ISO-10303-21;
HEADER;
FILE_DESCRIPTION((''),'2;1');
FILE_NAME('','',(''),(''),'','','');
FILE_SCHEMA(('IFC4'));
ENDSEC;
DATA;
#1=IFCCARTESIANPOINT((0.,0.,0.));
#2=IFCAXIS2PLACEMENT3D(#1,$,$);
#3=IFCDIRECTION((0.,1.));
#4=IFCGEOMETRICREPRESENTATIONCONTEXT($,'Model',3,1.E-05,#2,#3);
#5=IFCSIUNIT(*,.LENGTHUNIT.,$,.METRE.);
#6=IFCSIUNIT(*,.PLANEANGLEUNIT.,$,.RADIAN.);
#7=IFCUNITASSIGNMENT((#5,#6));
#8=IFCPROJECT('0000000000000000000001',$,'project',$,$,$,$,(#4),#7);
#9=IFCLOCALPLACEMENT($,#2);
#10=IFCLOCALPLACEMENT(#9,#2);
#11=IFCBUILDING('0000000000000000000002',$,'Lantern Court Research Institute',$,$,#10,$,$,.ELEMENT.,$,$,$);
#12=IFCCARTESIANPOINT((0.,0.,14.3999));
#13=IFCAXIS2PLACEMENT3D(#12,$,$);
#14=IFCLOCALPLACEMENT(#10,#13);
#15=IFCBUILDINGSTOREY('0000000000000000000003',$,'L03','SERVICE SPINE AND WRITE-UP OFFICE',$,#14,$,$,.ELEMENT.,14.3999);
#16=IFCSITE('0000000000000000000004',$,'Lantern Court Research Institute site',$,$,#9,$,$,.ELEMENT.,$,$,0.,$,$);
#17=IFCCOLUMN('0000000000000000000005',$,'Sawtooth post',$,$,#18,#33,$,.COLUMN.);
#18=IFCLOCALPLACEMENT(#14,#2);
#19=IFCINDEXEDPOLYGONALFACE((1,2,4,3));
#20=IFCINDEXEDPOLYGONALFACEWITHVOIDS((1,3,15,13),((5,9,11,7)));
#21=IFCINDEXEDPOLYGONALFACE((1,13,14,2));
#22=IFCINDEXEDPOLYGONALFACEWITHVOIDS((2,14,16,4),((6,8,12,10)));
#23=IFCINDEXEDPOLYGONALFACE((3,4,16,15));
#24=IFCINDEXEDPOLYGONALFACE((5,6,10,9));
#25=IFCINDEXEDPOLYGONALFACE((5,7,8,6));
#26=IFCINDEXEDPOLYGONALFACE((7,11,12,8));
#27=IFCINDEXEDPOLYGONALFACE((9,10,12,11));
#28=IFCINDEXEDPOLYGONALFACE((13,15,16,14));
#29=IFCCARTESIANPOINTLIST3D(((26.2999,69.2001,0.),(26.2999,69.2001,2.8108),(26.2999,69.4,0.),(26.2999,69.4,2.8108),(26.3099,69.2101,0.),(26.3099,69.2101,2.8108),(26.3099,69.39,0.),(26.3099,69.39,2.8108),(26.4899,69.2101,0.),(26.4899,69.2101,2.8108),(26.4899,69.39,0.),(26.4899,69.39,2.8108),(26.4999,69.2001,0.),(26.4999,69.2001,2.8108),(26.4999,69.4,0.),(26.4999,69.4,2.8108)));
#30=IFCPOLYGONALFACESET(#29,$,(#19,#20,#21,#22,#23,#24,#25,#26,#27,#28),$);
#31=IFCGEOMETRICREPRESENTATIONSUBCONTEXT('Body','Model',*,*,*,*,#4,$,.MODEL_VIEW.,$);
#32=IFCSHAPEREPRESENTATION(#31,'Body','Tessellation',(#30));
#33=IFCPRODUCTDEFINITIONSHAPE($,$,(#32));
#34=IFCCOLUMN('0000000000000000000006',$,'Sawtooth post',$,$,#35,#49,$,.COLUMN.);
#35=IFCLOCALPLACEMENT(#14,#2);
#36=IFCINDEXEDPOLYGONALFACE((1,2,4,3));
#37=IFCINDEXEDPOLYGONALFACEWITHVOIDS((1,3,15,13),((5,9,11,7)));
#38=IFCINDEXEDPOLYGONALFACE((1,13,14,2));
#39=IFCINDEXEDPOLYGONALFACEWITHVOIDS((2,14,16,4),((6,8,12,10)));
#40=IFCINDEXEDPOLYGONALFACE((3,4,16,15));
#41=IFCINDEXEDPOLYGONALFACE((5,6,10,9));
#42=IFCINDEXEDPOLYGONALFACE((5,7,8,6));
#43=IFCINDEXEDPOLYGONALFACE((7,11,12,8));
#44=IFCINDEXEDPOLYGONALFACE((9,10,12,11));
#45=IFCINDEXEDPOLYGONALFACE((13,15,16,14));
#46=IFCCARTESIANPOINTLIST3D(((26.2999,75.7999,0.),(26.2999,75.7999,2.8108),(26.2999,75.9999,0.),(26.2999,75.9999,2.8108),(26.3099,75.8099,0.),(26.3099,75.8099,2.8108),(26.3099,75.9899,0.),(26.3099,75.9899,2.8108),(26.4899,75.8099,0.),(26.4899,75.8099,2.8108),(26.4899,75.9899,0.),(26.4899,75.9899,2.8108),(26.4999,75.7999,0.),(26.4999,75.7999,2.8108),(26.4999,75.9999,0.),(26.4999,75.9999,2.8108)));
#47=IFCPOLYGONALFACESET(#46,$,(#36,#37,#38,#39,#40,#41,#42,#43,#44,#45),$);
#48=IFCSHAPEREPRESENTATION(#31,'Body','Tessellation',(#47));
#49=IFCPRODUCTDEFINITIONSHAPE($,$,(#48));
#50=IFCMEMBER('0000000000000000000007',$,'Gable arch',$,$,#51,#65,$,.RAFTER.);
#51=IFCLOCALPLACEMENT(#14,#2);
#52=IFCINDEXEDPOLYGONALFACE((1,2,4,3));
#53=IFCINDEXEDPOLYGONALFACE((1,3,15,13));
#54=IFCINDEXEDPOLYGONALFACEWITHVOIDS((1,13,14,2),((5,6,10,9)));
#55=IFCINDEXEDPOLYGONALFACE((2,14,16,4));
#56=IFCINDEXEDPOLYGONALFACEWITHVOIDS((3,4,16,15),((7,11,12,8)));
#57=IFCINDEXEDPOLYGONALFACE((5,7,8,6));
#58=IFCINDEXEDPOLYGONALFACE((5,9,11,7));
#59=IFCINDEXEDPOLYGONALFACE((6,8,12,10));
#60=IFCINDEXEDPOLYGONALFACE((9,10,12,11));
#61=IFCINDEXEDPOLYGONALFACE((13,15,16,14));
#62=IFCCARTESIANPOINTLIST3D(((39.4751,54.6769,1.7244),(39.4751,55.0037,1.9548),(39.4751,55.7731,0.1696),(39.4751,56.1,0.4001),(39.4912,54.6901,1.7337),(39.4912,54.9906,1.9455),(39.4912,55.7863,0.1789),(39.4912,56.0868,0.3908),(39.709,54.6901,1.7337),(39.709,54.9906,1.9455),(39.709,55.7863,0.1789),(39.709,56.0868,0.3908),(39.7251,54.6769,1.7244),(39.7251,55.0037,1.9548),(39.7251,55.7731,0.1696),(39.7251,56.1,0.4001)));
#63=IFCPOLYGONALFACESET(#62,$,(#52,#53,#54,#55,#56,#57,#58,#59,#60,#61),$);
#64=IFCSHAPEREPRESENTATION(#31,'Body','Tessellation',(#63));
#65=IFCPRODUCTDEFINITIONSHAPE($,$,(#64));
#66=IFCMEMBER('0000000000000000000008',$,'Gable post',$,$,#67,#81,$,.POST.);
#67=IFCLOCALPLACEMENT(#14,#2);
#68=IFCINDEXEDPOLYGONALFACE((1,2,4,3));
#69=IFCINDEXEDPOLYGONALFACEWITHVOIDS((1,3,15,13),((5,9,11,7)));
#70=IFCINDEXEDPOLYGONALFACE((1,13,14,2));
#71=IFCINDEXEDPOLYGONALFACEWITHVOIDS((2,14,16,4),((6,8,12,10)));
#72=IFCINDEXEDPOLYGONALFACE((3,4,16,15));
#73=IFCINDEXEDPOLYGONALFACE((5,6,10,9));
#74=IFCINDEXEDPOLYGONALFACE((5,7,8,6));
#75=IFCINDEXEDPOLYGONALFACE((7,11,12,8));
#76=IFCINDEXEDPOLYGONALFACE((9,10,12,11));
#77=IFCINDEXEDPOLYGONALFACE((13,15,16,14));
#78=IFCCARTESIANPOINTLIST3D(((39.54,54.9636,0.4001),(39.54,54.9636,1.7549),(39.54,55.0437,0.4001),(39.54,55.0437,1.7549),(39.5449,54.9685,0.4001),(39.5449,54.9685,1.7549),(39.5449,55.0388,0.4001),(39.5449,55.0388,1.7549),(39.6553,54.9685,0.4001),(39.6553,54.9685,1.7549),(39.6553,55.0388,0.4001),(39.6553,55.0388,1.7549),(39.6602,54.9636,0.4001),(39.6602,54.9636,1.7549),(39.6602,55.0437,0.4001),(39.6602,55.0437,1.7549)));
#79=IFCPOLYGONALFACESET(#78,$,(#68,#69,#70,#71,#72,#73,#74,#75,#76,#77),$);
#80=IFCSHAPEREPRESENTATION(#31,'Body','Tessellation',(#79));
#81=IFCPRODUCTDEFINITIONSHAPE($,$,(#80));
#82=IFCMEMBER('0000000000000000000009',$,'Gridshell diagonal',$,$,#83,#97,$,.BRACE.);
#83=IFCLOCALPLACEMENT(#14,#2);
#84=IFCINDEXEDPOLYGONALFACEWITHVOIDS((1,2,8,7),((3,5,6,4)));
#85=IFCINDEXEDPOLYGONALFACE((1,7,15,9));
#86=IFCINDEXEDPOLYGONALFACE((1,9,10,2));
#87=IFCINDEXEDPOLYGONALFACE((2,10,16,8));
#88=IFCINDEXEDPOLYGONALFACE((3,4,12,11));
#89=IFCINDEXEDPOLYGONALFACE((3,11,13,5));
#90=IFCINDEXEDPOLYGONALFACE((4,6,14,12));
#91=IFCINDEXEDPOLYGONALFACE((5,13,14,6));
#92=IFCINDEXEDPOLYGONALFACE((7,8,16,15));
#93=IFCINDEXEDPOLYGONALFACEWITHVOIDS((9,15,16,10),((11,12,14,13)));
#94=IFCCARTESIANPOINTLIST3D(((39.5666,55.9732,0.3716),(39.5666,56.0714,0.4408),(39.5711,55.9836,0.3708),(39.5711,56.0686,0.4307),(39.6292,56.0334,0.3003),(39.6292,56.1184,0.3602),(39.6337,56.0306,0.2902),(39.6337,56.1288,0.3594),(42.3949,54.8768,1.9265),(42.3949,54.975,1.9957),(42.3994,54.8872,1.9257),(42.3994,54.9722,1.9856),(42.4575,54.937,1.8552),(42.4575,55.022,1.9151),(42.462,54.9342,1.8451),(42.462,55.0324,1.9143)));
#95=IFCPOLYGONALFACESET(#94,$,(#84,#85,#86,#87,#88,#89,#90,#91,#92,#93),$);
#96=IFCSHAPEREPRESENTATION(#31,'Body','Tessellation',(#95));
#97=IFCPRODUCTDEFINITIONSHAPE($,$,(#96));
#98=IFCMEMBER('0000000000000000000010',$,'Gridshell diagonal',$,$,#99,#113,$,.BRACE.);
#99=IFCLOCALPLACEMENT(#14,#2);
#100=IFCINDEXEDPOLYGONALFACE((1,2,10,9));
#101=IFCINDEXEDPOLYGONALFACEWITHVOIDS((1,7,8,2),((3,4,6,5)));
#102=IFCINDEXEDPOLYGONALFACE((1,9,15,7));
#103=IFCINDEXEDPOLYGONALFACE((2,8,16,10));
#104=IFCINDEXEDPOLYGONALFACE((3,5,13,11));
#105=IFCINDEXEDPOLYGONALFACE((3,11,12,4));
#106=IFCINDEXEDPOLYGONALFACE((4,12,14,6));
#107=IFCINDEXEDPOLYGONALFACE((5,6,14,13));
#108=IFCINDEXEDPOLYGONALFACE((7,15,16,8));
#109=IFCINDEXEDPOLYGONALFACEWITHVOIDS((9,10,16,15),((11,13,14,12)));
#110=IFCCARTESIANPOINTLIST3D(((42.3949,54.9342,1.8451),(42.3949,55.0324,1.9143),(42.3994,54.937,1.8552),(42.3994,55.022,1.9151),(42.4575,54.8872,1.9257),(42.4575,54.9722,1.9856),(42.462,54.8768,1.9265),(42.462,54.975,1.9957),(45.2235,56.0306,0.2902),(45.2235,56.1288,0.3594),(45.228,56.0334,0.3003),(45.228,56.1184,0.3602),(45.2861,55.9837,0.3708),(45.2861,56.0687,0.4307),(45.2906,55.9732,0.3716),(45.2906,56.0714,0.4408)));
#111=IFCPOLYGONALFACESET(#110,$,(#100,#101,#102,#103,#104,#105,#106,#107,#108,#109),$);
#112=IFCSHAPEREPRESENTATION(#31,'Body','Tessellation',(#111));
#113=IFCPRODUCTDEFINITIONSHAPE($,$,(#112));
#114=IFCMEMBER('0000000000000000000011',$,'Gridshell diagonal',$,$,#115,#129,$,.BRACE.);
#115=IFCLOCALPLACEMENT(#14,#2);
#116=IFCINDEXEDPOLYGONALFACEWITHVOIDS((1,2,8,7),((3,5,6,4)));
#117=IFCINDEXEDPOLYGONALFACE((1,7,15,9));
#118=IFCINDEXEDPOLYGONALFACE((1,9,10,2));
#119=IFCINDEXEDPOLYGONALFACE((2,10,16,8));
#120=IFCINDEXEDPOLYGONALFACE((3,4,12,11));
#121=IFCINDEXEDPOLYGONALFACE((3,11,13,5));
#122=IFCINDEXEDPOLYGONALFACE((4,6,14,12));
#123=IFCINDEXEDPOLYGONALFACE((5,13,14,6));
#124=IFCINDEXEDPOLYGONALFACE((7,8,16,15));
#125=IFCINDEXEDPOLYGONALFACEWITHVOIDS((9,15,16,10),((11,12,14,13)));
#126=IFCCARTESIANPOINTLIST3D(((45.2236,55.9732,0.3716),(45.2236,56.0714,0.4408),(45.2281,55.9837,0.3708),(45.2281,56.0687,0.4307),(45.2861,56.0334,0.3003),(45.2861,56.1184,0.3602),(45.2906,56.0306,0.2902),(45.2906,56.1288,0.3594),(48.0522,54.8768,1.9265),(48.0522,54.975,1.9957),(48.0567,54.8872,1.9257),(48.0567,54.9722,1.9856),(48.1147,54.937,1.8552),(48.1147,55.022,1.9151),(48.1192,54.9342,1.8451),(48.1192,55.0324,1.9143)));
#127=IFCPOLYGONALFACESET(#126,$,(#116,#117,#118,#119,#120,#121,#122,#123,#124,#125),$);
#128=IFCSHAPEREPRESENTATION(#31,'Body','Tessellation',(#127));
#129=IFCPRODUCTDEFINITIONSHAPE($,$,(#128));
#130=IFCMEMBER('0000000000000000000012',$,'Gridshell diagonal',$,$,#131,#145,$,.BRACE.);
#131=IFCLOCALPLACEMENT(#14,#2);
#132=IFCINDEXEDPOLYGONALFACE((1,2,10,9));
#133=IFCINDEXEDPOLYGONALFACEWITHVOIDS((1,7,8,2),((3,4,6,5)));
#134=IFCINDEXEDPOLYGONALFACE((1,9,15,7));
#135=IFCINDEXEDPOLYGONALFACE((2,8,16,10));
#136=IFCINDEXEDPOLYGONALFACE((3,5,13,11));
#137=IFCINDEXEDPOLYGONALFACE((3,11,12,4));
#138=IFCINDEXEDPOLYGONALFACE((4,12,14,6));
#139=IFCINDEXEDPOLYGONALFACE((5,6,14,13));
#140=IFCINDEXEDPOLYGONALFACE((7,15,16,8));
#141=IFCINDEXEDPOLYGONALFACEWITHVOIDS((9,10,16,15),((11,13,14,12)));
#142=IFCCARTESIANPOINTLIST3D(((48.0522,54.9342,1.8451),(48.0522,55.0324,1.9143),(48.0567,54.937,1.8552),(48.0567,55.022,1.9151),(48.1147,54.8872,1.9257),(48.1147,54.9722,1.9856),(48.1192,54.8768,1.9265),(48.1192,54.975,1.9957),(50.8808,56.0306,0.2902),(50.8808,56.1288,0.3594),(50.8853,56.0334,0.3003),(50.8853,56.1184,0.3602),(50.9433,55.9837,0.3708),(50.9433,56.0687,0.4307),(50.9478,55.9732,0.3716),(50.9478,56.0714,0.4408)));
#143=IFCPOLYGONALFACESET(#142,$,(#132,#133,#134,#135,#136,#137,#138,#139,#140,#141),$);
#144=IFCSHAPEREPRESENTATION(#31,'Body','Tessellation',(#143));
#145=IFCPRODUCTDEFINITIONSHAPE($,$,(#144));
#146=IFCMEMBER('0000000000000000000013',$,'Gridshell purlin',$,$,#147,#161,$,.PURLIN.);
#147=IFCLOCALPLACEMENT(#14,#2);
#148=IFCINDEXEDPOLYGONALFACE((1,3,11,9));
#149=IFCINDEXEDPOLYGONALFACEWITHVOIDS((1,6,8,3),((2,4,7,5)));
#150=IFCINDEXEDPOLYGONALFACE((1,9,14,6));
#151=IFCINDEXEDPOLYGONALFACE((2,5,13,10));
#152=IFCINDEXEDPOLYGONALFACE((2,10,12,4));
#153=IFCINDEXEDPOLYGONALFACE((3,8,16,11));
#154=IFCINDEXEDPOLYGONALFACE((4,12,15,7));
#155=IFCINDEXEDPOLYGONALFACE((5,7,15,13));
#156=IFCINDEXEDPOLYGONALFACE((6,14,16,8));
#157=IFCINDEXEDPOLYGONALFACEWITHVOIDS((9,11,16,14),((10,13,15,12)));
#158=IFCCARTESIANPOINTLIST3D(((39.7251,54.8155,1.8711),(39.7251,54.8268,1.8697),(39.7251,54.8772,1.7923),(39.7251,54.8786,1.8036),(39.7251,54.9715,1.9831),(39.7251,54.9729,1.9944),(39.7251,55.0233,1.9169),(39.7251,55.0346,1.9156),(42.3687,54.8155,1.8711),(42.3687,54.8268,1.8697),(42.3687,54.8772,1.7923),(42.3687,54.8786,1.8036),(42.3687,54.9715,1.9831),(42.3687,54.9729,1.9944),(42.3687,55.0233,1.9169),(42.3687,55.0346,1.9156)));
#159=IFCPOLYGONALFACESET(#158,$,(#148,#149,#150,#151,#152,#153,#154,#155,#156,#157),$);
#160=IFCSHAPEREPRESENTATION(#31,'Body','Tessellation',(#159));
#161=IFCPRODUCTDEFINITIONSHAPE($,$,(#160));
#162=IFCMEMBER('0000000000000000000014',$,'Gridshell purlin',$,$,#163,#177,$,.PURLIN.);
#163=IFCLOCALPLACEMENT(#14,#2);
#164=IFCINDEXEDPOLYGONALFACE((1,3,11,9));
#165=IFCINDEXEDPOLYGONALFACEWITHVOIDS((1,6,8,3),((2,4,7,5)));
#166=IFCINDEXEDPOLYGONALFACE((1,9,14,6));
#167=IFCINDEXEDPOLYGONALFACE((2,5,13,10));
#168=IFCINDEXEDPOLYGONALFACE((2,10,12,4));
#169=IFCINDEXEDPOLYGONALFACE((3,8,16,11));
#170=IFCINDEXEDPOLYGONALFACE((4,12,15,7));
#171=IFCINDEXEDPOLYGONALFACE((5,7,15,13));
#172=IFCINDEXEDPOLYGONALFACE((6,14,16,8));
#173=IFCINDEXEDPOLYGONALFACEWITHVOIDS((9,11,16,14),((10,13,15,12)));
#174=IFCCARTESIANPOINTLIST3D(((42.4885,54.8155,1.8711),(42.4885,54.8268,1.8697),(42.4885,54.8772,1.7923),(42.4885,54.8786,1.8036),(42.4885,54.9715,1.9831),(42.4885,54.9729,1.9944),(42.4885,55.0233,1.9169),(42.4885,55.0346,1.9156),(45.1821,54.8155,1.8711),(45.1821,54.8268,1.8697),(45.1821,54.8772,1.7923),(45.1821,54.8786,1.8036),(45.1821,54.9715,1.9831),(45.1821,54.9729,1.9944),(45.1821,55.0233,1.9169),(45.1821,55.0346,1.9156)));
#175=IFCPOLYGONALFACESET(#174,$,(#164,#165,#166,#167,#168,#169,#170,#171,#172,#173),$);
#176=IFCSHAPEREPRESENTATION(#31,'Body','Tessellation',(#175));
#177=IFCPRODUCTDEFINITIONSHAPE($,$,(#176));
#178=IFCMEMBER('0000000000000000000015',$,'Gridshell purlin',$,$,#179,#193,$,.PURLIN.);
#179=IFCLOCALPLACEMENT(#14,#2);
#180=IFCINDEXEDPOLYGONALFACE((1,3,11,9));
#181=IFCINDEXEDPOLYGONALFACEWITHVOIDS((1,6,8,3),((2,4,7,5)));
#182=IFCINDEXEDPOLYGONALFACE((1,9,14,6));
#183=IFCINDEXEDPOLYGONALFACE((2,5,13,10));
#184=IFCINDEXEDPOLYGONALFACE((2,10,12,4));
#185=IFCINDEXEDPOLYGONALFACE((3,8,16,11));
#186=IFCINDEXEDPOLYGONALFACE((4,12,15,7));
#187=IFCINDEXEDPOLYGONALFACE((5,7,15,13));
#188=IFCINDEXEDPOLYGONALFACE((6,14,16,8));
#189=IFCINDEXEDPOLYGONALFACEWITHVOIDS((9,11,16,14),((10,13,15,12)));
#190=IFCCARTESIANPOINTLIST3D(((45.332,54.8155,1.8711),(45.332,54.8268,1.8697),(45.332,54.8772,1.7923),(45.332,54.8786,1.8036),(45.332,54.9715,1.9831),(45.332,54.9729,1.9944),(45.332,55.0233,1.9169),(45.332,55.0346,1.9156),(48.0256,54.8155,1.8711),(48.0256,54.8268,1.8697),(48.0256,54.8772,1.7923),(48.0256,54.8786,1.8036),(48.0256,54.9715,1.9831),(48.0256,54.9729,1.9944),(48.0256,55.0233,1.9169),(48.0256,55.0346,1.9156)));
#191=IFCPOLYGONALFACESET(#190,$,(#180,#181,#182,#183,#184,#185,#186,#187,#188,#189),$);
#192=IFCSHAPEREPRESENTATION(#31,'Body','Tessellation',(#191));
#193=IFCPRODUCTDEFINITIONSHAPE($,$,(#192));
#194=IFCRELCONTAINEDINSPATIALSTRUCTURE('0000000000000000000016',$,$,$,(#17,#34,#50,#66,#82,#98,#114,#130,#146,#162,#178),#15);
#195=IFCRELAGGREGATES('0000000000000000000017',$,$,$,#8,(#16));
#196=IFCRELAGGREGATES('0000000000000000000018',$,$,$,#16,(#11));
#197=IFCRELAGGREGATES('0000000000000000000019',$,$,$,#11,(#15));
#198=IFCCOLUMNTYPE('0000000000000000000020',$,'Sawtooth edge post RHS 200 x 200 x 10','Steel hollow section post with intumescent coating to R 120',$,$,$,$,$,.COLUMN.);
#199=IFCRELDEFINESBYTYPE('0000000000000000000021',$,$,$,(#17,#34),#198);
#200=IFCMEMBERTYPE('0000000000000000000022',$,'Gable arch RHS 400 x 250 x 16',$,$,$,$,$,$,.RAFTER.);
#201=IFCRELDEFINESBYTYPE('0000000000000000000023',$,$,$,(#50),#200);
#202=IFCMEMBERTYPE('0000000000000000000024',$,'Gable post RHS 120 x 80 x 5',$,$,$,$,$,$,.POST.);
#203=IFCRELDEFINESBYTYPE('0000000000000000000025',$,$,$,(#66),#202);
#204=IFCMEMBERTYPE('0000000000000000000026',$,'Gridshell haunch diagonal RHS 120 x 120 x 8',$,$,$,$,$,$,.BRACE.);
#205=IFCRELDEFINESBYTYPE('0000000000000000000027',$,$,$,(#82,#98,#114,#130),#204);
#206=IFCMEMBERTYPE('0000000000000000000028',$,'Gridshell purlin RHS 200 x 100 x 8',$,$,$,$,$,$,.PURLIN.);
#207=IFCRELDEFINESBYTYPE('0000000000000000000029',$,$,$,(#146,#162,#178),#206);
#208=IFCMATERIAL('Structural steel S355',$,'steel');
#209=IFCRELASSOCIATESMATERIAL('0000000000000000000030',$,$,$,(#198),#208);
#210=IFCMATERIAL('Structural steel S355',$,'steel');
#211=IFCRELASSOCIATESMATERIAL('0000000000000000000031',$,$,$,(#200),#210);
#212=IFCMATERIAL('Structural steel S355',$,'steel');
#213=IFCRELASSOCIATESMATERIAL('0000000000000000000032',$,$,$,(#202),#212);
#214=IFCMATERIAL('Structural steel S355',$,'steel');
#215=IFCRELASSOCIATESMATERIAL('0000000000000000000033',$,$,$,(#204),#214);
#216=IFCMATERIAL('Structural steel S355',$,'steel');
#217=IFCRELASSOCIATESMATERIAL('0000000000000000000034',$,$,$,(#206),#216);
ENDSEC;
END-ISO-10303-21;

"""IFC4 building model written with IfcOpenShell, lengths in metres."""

from ifc_helpers import new_model, si_unit, direction, frame, origin, origin_2d, place, context, subcontext, project, spatial, hollow_rectangle, extrude, material, material_profile, profile_set, type_object, element, save


model = new_model("IFC4")

# Units and contexts
model_context = context("Model", 3, precision=1e-05, world=origin(), true_north=direction((0.0, 1.0)))
body_context = subcontext(model_context, "Body", "Model", "MODEL_VIEW")
ifc_project = project(units=[si_unit("LENGTHUNIT", "METRE"), si_unit("PLANEANGLEUNIT", "RADIAN")], contexts=[model_context])

# Site, building, storey
site_placement = place(None, origin())
site = spatial("IfcSite", under=ifc_project, at=site_placement, Name="Lantern Court Research Institute site", CompositionType="ELEMENT", RefElevation=0.0)
building_placement = place(site_placement, origin())
building = spatial("IfcBuilding", under=site, at=building_placement, Name="Lantern Court Research Institute", CompositionType="ELEMENT")
storey_placement = place(building_placement, frame((0.0, 0.0, 14.3999)))
storey = spatial("IfcBuildingStorey", under=building, at=storey_placement, Name="L03", Description="SERVICE SPINE AND WRITE-UP OFFICE", CompositionType="ELEMENT", Elevation=14.3999)

# Columns
ifc_material_1 = material(Name="Structural steel S355", Category="steel")
ifc_material_profile_1 = material_profile(ifc_material_1, hollow_rectangle(XDim=0.2, YDim=0.2, WallThickness=0.01, at=origin_2d()), Name="Sawtooth edge post RHS 200 x 200 x 10")
ifc_profile_set_1 = profile_set([ifc_material_profile_1], Name="Structural steel S355")
column_type = type_object("IfcColumnType", Name="Sawtooth edge post RHS 200 x 200 x 10", Description="Steel hollow section post with intumescent coating to R 120", PredefinedType="COLUMN", material=ifc_profile_set_1)
for number, where, z_axis, x_axis, name in (
    (1, (26.3999, 69.3, 0.0), (0.0, 0.0, 1.0), (1.0, 0.0, 0.0), "Sawtooth post"),
    (2, (26.3999, 75.8999, 0.0), (0.0, 0.0, 1.0), (1.0, 0.0, 0.0), "Sawtooth post"),
):
    element("IfcColumn", number, at=place(storey_placement, frame(where, z_axis=z_axis, x_axis=x_axis)), inside=storey, type_object=column_type, Name=name, PredefinedType="COLUMN", context=body_context, shape_type="SweptSolid", body=[
        extrude(hollow_rectangle(XDim=0.2, YDim=0.2, WallThickness=0.01, at=origin_2d()), origin(), (0.0, 0.0, 1.0), 2.8108),
    ])

# Members
ifc_material_2 = material(Name="Structural steel S355", Category="steel")
ifc_material_profile_2 = material_profile(ifc_material_2, hollow_rectangle(XDim=0.25, YDim=0.3999, WallThickness=0.0161, at=origin_2d()), Name="Gable arch RHS 400 x 250 x 16")
ifc_profile_set_2 = profile_set([ifc_material_profile_2], Name="Structural steel S355")
member_type_1 = type_object("IfcMemberType", Name="Gable arch RHS 400 x 250 x 16", PredefinedType="RAFTER", material=ifc_profile_set_2)
member_1_placement = place(storey_placement, frame((39.6001, 54.8403, 1.8396), z_axis=(0.0, 0.57625, -0.817274), x_axis=(-1.0, 0.0, 0.0)))
element("IfcMember", 3, at=member_1_placement, inside=storey, type_object=member_type_1, Name="Gable arch", PredefinedType="RAFTER", context=body_context, shape_type="SweptSolid", body=[
    extrude(hollow_rectangle(XDim=0.25, YDim=0.3999, WallThickness=0.0161, at=origin_2d()), origin(), (0.0, 0.0, 1.0), 1.9023),
])
ifc_material_3 = material(Name="Structural steel S355", Category="steel")
ifc_material_profile_3 = material_profile(ifc_material_3, hollow_rectangle(XDim=0.1201, YDim=0.0801, WallThickness=0.0049, at=origin_2d()), Name="Gable post RHS 120 x 80 x 5")
ifc_profile_set_3 = profile_set([ifc_material_profile_3], Name="Structural steel S355")
member_type_2 = type_object("IfcMemberType", Name="Gable post RHS 120 x 80 x 5", PredefinedType="POST", material=ifc_profile_set_3)
member_2_placement = place(storey_placement, frame((39.6001, 55.0037, 0.4001), z_axis=(0.0, 0.0, 1.0), x_axis=(1.0, 0.0, 0.0)))
element("IfcMember", 4, at=member_2_placement, inside=storey, type_object=member_type_2, Name="Gable post", PredefinedType="POST", context=body_context, shape_type="SweptSolid", body=[
    extrude(hollow_rectangle(XDim=0.1201, YDim=0.0801, WallThickness=0.0049, at=origin_2d()), origin(), (0.0, 0.0, 1.0), 1.3547),
])
ifc_material_4 = material(Name="Structural steel S355", Category="steel")
ifc_material_profile_4 = material_profile(ifc_material_4, hollow_rectangle(XDim=0.1201, YDim=0.1201, WallThickness=0.0081, at=origin_2d()), Name="Gridshell haunch diagonal RHS 120 x 120 x 8")
ifc_profile_set_4 = profile_set([ifc_material_profile_4], Name="Structural steel S355")
member_type_3 = type_object("IfcMemberType", Name="Gridshell haunch diagonal RHS 120 x 120 x 8", PredefinedType="BRACE", material=ifc_profile_set_4)
member_3_placement = place(storey_placement, frame((42.4285, 54.9546, 1.9204), z_axis=(-0.829735, 0.321652, -0.456157), x_axis=(-0.558157, -0.478114, 0.678135)))
element("IfcMember", 5, at=member_3_placement, inside=storey, type_object=member_type_3, Name="Gridshell diagonal", PredefinedType="BRACE", context=body_context, shape_type="SweptSolid", body=[
    extrude(hollow_rectangle(XDim=0.1201, YDim=0.1201, WallThickness=0.0081, at=origin_2d()), origin(), (0.0, 0.0, 1.0), 3.4087),
])
for number, where, z_axis, x_axis, name in (
    (6, (42.4285, 54.9546, 1.9204), (0.829757, 0.321633, -0.45613), (-0.558124, 0.478138, -0.678146), "Gridshell diagonal"),
    (7, (48.0857, 54.9546, 1.9204), (-0.829757, 0.321633, -0.45613), (-0.558124, -0.478138, 0.678146), "Gridshell diagonal"),
    (8, (48.0857, 54.9546, 1.9204), (0.829757, 0.321633, -0.45613), (-0.558124, 0.478138, -0.678146), "Gridshell diagonal"),
):
    element("IfcMember", number, at=place(storey_placement, frame(where, z_axis=z_axis, x_axis=x_axis)), inside=storey, type_object=member_type_3, Name=name, PredefinedType="BRACE", context=body_context, shape_type="SweptSolid", body=[
        extrude(hollow_rectangle(XDim=0.1201, YDim=0.1201, WallThickness=0.0081, at=origin_2d()), origin(), (0.0, 0.0, 1.0), 3.4089),
    ])
ifc_material_5 = material(Name="Structural steel S355", Category="steel")
ifc_material_profile_5 = material_profile(ifc_material_5, hollow_rectangle(XDim=0.1001, YDim=0.2, WallThickness=0.0081, at=origin_2d()), Name="Gridshell purlin RHS 200 x 100 x 8")
ifc_profile_set_5 = profile_set([ifc_material_profile_5], Name="Structural steel S355")
member_type_4 = type_object("IfcMemberType", Name="Gridshell purlin RHS 200 x 100 x 8", PredefinedType="PURLIN", material=ifc_profile_set_5)
member_4_placement = place(storey_placement, frame((39.7251, 54.925, 1.8933), z_axis=(1.0, 0.0, 0.0), x_axis=(0.0, 0.616657, -0.787232)))
element("IfcMember", 9, at=member_4_placement, inside=storey, type_object=member_type_4, Name="Gridshell purlin", PredefinedType="PURLIN", context=body_context, shape_type="SweptSolid", body=[
    extrude(hollow_rectangle(XDim=0.1001, YDim=0.2, WallThickness=0.0081, at=origin_2d()), origin(), (0.0, 0.0, 1.0), 2.6436),
])
for number, where, z_axis, x_axis, name in (
    (10, (42.4885, 54.925, 1.8933), (1.0, 0.0, 0.0), (0.0, 0.616657, -0.787232), "Gridshell purlin"),
    (11, (45.332, 54.925, 1.8933), (1.0, 0.0, 0.0), (0.0, 0.616657, -0.787232), "Gridshell purlin"),
):
    element("IfcMember", number, at=place(storey_placement, frame(where, z_axis=z_axis, x_axis=x_axis)), inside=storey, type_object=member_type_4, Name=name, PredefinedType="PURLIN", context=body_context, shape_type="SweptSolid", body=[
        extrude(hollow_rectangle(XDim=0.1001, YDim=0.2, WallThickness=0.0081, at=origin_2d()), origin(), (0.0, 0.0, 1.0), 2.6936),
    ])

save(model, "model.ifc")
